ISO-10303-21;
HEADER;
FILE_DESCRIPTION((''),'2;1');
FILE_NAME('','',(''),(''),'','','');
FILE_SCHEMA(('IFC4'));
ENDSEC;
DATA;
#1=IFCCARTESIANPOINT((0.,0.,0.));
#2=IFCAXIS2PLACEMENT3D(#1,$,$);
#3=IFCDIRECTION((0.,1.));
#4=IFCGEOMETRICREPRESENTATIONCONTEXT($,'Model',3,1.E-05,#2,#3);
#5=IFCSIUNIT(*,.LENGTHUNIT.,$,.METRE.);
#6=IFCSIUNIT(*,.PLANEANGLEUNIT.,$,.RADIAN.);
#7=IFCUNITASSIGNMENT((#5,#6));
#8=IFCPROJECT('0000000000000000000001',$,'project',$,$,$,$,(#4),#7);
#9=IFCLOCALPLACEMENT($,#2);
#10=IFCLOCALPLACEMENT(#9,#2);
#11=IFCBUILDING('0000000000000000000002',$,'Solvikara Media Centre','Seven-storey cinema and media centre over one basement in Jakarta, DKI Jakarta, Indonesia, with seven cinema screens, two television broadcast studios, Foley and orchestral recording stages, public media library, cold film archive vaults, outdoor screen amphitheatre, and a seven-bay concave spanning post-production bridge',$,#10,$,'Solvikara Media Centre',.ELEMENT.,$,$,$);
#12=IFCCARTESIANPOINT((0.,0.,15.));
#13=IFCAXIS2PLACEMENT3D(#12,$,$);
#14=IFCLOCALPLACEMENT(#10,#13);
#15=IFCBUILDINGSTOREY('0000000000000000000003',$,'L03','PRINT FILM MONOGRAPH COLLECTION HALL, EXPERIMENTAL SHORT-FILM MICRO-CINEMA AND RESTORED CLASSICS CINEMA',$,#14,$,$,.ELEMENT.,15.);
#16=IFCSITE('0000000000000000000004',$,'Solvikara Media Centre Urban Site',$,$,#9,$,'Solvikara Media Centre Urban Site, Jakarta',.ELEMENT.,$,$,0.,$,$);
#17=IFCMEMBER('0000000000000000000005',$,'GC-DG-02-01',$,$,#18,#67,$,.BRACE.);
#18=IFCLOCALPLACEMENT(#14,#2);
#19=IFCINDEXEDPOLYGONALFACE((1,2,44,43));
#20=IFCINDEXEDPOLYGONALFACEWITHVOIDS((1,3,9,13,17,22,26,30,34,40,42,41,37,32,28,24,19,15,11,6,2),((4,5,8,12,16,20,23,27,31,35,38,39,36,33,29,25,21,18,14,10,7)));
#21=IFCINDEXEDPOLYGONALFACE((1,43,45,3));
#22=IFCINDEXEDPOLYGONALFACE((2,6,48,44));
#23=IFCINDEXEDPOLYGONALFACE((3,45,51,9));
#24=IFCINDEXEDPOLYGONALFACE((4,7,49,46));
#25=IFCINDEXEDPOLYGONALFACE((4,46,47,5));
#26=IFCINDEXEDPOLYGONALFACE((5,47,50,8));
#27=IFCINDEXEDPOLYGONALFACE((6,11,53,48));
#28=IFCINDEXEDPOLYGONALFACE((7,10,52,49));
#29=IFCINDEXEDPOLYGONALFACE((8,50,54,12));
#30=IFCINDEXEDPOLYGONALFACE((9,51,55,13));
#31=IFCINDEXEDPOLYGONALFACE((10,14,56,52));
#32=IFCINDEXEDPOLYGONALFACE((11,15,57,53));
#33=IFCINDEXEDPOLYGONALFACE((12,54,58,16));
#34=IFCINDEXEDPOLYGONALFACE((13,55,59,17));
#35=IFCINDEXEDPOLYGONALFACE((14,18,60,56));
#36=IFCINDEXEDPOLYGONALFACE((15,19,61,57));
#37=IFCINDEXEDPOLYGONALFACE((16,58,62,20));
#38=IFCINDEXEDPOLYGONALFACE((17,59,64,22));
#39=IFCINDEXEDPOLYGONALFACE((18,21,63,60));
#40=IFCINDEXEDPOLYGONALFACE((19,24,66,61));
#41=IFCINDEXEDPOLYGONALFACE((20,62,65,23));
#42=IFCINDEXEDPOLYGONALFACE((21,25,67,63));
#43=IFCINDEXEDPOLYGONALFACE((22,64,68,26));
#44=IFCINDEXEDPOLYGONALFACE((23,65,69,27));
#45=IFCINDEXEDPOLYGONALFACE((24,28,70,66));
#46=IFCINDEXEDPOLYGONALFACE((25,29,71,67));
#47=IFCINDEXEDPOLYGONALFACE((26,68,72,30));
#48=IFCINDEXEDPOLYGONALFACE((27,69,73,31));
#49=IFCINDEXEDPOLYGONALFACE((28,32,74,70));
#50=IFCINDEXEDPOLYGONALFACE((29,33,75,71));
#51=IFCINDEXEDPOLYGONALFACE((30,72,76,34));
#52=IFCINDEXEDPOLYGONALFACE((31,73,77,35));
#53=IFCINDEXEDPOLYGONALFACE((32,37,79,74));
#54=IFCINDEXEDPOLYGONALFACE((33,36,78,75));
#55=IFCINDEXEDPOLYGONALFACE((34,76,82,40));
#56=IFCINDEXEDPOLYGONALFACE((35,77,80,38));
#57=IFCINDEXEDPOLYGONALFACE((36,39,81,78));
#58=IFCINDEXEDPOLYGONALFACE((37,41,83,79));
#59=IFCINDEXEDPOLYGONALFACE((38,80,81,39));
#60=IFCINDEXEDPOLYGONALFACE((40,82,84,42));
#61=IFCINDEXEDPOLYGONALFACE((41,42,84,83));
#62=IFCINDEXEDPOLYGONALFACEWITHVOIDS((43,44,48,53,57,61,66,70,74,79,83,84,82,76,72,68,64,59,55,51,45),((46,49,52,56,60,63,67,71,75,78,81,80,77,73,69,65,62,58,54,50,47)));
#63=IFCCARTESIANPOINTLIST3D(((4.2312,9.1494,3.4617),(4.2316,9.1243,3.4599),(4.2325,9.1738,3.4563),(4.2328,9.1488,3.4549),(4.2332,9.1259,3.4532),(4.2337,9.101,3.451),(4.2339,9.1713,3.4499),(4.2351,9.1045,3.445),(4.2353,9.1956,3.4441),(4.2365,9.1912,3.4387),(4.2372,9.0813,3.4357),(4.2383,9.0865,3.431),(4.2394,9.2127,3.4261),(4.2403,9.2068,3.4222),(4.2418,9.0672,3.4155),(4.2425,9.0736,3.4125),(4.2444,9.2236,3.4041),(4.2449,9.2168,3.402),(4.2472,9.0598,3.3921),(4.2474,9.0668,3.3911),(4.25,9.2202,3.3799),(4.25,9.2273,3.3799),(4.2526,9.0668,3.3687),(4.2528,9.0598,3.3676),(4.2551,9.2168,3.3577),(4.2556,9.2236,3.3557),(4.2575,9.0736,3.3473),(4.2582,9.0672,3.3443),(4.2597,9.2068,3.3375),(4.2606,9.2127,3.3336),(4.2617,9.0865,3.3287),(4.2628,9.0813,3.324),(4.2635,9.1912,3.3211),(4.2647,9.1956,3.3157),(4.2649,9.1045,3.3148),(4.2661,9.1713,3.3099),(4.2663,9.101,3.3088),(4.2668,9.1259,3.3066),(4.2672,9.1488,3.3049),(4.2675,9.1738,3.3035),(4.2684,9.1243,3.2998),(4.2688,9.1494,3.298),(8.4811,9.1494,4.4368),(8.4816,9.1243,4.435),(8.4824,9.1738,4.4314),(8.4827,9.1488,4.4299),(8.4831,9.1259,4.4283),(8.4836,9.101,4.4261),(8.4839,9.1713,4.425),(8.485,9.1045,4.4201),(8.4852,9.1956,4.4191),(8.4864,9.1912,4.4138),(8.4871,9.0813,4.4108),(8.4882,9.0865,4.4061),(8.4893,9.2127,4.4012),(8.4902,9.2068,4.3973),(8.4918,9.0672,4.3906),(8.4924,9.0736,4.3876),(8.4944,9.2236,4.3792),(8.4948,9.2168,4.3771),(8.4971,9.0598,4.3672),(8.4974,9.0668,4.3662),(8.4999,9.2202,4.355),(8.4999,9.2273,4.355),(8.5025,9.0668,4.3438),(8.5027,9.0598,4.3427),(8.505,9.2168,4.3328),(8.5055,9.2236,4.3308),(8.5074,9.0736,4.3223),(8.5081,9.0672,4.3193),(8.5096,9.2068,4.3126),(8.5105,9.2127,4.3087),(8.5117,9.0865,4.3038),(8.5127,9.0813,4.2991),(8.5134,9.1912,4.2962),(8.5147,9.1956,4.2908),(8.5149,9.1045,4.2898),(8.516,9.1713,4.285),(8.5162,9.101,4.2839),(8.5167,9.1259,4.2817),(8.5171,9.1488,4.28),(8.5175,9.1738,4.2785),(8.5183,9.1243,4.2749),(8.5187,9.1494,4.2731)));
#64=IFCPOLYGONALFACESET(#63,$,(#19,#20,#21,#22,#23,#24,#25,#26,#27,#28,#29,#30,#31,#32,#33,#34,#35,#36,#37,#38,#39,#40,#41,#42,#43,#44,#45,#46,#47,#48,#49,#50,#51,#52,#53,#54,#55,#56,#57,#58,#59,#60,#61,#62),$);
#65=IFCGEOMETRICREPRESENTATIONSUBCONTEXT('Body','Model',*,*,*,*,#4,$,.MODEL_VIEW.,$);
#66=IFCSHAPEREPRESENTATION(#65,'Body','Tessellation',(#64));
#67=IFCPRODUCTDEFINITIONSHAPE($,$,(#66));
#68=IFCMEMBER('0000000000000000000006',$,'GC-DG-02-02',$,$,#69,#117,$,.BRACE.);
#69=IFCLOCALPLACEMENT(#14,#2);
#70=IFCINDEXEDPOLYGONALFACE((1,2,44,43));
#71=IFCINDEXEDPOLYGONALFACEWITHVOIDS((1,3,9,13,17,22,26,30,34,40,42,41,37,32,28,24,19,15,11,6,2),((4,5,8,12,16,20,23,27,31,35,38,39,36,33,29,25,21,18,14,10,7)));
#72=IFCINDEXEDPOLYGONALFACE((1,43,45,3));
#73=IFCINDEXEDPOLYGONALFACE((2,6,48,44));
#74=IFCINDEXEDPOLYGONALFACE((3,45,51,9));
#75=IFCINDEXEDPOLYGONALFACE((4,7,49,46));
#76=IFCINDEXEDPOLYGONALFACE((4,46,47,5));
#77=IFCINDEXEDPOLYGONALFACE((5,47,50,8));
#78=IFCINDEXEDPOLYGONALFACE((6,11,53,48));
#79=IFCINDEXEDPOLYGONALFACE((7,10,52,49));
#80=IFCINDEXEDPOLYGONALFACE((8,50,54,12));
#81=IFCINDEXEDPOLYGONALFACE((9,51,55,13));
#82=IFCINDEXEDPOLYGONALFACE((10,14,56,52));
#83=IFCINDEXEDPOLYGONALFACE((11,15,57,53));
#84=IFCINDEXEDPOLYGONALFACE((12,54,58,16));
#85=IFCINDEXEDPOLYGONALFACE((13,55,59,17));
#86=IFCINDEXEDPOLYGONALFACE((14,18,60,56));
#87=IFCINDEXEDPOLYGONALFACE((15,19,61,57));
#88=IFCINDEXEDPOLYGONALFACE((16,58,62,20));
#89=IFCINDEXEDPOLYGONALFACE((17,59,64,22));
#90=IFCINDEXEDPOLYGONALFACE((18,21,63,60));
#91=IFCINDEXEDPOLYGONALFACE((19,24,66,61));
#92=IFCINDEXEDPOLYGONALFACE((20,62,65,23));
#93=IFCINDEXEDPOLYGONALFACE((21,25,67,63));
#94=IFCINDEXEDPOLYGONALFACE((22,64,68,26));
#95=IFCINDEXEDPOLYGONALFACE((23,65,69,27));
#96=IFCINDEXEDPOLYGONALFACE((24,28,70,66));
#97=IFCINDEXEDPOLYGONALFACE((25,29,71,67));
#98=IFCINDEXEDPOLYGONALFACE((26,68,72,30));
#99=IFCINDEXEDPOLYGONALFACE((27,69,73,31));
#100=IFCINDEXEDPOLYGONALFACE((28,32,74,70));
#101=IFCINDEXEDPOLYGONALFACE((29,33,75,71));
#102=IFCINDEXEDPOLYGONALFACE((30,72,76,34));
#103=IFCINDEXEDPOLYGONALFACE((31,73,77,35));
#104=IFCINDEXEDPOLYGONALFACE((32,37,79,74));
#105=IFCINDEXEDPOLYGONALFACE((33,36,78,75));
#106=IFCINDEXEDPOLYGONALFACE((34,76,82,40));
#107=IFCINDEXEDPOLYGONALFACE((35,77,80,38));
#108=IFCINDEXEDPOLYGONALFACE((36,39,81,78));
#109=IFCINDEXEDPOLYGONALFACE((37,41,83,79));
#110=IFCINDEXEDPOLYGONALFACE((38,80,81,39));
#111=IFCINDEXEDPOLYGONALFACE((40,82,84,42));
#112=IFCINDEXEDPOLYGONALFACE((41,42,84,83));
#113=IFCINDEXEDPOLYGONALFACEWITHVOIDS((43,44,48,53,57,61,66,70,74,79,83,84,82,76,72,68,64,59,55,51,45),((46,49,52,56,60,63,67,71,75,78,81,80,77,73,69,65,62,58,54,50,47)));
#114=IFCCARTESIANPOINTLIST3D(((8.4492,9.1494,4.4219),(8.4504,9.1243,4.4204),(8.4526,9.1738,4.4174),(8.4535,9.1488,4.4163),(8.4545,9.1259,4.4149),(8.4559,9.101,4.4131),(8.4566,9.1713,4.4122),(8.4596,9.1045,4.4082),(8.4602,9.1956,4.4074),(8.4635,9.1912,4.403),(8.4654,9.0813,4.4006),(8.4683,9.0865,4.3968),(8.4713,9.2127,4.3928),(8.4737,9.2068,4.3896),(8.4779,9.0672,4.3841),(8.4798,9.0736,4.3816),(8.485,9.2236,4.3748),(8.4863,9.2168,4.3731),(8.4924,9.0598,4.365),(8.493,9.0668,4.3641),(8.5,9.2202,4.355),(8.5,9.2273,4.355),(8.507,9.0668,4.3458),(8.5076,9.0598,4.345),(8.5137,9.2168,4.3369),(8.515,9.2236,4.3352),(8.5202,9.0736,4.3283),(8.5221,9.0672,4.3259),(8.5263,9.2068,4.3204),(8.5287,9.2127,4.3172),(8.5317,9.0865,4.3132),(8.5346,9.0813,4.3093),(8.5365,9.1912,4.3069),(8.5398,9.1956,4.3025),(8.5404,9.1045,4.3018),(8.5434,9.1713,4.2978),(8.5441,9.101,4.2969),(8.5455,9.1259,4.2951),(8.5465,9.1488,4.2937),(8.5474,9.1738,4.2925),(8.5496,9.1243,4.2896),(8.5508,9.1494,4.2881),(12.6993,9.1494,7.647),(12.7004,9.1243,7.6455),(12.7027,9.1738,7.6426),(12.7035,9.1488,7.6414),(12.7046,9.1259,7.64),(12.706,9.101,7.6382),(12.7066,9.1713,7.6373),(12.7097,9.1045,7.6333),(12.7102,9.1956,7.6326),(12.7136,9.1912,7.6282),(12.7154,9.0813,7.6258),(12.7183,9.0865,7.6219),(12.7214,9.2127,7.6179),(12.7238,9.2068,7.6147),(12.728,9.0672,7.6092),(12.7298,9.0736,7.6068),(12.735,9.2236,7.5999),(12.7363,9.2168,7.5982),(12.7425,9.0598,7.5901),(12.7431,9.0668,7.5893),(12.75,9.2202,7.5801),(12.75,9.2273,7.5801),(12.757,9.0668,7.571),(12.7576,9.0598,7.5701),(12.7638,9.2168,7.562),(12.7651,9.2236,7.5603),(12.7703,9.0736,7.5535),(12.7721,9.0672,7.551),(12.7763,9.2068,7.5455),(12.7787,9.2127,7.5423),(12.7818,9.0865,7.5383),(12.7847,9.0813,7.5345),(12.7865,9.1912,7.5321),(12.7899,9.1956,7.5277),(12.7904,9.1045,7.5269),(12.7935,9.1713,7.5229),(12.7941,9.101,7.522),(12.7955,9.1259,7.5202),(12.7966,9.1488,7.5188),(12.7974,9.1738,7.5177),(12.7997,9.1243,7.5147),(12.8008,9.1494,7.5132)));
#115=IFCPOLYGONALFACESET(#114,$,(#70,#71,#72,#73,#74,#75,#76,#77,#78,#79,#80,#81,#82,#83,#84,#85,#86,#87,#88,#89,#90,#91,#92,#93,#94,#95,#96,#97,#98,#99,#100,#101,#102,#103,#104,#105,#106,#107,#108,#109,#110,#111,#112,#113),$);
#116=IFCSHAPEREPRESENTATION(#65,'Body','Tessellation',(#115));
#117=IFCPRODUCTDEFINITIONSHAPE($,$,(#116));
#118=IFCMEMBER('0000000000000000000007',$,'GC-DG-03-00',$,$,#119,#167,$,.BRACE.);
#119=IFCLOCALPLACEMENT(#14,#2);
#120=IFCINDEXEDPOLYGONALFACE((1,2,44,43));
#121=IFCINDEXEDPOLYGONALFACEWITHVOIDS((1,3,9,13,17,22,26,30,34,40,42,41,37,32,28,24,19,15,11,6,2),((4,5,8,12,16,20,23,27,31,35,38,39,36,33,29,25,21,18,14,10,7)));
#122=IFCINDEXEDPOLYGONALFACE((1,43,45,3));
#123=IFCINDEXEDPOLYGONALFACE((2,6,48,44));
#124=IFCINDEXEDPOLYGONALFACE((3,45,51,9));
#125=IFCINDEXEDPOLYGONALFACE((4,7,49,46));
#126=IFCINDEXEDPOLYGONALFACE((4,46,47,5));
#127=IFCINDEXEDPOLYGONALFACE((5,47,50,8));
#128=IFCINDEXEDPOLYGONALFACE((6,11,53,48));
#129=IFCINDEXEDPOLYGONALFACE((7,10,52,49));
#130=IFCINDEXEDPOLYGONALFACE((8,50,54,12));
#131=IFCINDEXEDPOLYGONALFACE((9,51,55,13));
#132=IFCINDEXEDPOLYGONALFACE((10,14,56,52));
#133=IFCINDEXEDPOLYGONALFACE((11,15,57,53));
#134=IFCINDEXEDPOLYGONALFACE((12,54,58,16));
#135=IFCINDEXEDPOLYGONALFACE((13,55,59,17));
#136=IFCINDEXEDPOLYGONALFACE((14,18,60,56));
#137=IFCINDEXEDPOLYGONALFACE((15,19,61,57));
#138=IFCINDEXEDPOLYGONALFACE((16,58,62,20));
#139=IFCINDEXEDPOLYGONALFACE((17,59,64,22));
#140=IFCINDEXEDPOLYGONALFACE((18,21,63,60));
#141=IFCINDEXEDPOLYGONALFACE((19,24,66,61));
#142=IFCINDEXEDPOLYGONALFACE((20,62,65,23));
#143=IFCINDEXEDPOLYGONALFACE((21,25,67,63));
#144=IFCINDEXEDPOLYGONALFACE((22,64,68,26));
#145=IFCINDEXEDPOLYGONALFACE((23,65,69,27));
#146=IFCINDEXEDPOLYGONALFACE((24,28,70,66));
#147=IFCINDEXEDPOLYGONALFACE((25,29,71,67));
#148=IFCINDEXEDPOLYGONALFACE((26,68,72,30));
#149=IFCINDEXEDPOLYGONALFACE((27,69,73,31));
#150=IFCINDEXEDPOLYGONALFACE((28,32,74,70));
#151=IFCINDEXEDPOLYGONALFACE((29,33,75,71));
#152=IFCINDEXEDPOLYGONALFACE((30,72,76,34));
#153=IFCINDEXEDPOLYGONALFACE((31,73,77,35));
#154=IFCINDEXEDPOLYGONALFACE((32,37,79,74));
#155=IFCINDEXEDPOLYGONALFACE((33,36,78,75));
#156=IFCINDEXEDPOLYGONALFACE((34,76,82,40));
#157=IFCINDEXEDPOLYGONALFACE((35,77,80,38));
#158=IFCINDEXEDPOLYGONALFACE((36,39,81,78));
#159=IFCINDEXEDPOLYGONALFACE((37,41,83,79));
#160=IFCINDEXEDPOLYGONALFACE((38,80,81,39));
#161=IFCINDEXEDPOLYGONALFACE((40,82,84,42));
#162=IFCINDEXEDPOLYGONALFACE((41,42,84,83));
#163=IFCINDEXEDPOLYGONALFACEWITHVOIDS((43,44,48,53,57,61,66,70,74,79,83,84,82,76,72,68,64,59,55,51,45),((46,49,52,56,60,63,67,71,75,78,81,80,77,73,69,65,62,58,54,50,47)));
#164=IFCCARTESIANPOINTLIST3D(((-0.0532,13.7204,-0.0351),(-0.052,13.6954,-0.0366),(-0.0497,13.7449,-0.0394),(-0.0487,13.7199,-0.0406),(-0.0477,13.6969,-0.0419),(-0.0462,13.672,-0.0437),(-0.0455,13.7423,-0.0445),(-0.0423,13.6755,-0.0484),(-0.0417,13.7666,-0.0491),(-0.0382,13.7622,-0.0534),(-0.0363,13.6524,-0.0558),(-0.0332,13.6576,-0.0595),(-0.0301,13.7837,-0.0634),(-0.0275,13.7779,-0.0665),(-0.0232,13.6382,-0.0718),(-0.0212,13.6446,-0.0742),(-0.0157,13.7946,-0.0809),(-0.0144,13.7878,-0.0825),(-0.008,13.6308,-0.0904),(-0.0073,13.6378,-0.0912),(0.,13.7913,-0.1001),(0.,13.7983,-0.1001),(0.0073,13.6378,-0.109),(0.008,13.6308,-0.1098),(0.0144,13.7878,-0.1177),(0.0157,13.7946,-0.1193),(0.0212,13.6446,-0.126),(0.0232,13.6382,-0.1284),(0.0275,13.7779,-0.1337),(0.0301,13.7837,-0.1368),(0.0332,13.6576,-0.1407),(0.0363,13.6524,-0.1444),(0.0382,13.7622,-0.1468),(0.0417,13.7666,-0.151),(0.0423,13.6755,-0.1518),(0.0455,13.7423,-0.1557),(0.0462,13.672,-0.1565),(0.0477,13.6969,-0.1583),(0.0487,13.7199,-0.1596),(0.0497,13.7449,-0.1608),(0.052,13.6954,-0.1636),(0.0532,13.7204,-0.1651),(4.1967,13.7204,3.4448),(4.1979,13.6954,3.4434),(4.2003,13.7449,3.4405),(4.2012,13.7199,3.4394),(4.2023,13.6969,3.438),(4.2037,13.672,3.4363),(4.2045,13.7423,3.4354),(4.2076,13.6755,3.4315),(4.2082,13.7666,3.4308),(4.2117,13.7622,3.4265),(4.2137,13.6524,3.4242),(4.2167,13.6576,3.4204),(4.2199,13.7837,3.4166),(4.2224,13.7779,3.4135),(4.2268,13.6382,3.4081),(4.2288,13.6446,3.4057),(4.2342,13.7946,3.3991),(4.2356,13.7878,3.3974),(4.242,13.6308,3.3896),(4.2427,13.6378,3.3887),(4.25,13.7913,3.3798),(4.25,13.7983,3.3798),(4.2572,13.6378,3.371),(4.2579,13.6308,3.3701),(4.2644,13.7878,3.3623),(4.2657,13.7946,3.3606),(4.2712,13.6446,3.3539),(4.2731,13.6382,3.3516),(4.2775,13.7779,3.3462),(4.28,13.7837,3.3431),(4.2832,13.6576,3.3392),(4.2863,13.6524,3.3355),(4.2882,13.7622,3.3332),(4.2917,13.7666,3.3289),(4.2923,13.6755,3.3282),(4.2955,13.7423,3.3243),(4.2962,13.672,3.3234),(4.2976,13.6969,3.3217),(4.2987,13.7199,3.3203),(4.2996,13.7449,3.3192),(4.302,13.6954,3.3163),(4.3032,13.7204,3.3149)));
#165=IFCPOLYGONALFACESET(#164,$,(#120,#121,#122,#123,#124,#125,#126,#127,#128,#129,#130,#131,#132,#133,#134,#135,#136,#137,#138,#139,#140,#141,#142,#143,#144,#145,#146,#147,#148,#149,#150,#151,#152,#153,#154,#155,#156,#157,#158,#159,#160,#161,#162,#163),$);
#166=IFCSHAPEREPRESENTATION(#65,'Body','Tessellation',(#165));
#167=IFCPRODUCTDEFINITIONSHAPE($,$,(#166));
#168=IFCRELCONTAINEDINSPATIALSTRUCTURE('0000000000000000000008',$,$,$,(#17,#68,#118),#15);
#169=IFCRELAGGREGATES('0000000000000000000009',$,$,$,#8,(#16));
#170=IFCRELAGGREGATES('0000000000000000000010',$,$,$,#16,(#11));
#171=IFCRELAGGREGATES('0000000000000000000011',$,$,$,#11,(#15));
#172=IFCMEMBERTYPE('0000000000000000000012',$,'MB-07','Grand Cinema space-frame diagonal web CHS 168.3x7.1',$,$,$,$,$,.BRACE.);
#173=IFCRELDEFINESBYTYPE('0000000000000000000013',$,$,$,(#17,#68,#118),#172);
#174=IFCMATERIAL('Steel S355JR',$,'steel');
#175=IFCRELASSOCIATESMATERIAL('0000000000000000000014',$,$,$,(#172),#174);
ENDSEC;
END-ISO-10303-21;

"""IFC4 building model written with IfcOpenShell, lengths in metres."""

from ifc_helpers import new_model, si_unit, direction, frame, origin, origin_2d, place, context, subcontext, project, spatial, hollow_circle, extrude, material, material_profile, profile_set, type_object, element, save


model = new_model("IFC4")

# Units and contexts
model_context = context("Model", 3, precision=1e-05, world=origin(), true_north=direction((0.0, 1.0)))
body_context = subcontext(model_context, "Body", "Model", "MODEL_VIEW")
ifc_project = project(units=[si_unit("LENGTHUNIT", "METRE"), si_unit("PLANEANGLEUNIT", "RADIAN")], contexts=[model_context])

# Site, building, storey
site_placement = place(None, origin())
site = spatial("IfcSite", under=ifc_project, at=site_placement, Name="Solvikara Media Centre Urban Site", LongName="Solvikara Media Centre Urban Site, Jakarta", CompositionType="ELEMENT", RefElevation=0.0)
building_placement = place(site_placement, origin())
building = spatial("IfcBuilding", under=site, at=building_placement, Name="Solvikara Media Centre", Description="Seven-storey cinema and media centre over one basement in Jakarta, DKI Jakarta, Indonesia, with seven cinema screens, two television broadcast studios, Foley and orchestral recording stages, public media library, cold film archive vaults, outdoor screen amphitheatre, and a seven-bay concave spanning post-production bridge", LongName="Solvikara Media Centre", CompositionType="ELEMENT")
storey_placement = place(building_placement, frame((0.0, 0.0, 15.0)))
storey = spatial("IfcBuildingStorey", under=building, at=storey_placement, Name="L03", Description="PRINT FILM MONOGRAPH COLLECTION HALL, EXPERIMENTAL SHORT-FILM MICRO-CINEMA AND RESTORED CLASSICS CINEMA", CompositionType="ELEMENT", Elevation=15.0)

# Shared definitions
ifc_material_1 = material(Name="Steel S355JR", Category="steel")

# Members
ifc_material_profile_1 = material_profile(ifc_material_1, hollow_circle(Radius=0.0842, WallThickness=0.0071, at=origin_2d()), Name="CHS 168.3x7.1")
ifc_profile_set_1 = profile_set([ifc_material_profile_1], Name="Steel S355JR")
member_type_1 = type_object("IfcMemberType", Name="MB-07", Description="Grand Cinema space-frame diagonal web CHS 168.3x7.1", PredefinedType="BRACE", material=ifc_profile_set_1)
member_1_placement = place(storey_placement, frame((4.25, 9.1431, 3.3799), z_axis=(0.974675, 0.0, 0.223624), x_axis=(0.0, 1.0, 0.0)))
element("IfcMember", 1, at=member_1_placement, inside=storey, type_object=member_type_1, Name="GC-DG-02-01", PredefinedType="BRACE", context=body_context, shape_type="SweptSolid", body=[
    extrude(hollow_circle(Radius=0.0842, WallThickness=0.0071, at=origin_2d()), origin(), (0.0, 0.0, 1.0), 4.3604),
])
member_2_placement = place(storey_placement, frame((8.5, 9.1431, 4.355), z_axis=(0.796605, 0.0, 0.604501), x_axis=(0.0, 1.0, 0.0)))
element("IfcMember", 2, at=member_2_placement, inside=storey, type_object=member_type_1, Name="GC-DG-02-02", PredefinedType="BRACE", context=body_context, shape_type="SweptSolid", body=[
    extrude(hollow_circle(Radius=0.0842, WallThickness=0.0071, at=origin_2d()), origin(), (0.0, 0.0, 1.0), 5.3352),
])
member_3_placement = place(storey_placement, frame((0.0, 13.7141, -0.1001), z_axis=(0.773716, 0.0, 0.633533), x_axis=(0.0, 1.0, 0.0)))
element("IfcMember", 3, at=member_3_placement, inside=storey, type_object=member_type_1, Name="GC-DG-03-00", PredefinedType="BRACE", context=body_context, shape_type="SweptSolid", body=[
    extrude(hollow_circle(Radius=0.0842, WallThickness=0.0071, at=origin_2d()), origin(), (0.0, 0.0, 1.0), 5.4929),
])

save(model, "model.ifc")
